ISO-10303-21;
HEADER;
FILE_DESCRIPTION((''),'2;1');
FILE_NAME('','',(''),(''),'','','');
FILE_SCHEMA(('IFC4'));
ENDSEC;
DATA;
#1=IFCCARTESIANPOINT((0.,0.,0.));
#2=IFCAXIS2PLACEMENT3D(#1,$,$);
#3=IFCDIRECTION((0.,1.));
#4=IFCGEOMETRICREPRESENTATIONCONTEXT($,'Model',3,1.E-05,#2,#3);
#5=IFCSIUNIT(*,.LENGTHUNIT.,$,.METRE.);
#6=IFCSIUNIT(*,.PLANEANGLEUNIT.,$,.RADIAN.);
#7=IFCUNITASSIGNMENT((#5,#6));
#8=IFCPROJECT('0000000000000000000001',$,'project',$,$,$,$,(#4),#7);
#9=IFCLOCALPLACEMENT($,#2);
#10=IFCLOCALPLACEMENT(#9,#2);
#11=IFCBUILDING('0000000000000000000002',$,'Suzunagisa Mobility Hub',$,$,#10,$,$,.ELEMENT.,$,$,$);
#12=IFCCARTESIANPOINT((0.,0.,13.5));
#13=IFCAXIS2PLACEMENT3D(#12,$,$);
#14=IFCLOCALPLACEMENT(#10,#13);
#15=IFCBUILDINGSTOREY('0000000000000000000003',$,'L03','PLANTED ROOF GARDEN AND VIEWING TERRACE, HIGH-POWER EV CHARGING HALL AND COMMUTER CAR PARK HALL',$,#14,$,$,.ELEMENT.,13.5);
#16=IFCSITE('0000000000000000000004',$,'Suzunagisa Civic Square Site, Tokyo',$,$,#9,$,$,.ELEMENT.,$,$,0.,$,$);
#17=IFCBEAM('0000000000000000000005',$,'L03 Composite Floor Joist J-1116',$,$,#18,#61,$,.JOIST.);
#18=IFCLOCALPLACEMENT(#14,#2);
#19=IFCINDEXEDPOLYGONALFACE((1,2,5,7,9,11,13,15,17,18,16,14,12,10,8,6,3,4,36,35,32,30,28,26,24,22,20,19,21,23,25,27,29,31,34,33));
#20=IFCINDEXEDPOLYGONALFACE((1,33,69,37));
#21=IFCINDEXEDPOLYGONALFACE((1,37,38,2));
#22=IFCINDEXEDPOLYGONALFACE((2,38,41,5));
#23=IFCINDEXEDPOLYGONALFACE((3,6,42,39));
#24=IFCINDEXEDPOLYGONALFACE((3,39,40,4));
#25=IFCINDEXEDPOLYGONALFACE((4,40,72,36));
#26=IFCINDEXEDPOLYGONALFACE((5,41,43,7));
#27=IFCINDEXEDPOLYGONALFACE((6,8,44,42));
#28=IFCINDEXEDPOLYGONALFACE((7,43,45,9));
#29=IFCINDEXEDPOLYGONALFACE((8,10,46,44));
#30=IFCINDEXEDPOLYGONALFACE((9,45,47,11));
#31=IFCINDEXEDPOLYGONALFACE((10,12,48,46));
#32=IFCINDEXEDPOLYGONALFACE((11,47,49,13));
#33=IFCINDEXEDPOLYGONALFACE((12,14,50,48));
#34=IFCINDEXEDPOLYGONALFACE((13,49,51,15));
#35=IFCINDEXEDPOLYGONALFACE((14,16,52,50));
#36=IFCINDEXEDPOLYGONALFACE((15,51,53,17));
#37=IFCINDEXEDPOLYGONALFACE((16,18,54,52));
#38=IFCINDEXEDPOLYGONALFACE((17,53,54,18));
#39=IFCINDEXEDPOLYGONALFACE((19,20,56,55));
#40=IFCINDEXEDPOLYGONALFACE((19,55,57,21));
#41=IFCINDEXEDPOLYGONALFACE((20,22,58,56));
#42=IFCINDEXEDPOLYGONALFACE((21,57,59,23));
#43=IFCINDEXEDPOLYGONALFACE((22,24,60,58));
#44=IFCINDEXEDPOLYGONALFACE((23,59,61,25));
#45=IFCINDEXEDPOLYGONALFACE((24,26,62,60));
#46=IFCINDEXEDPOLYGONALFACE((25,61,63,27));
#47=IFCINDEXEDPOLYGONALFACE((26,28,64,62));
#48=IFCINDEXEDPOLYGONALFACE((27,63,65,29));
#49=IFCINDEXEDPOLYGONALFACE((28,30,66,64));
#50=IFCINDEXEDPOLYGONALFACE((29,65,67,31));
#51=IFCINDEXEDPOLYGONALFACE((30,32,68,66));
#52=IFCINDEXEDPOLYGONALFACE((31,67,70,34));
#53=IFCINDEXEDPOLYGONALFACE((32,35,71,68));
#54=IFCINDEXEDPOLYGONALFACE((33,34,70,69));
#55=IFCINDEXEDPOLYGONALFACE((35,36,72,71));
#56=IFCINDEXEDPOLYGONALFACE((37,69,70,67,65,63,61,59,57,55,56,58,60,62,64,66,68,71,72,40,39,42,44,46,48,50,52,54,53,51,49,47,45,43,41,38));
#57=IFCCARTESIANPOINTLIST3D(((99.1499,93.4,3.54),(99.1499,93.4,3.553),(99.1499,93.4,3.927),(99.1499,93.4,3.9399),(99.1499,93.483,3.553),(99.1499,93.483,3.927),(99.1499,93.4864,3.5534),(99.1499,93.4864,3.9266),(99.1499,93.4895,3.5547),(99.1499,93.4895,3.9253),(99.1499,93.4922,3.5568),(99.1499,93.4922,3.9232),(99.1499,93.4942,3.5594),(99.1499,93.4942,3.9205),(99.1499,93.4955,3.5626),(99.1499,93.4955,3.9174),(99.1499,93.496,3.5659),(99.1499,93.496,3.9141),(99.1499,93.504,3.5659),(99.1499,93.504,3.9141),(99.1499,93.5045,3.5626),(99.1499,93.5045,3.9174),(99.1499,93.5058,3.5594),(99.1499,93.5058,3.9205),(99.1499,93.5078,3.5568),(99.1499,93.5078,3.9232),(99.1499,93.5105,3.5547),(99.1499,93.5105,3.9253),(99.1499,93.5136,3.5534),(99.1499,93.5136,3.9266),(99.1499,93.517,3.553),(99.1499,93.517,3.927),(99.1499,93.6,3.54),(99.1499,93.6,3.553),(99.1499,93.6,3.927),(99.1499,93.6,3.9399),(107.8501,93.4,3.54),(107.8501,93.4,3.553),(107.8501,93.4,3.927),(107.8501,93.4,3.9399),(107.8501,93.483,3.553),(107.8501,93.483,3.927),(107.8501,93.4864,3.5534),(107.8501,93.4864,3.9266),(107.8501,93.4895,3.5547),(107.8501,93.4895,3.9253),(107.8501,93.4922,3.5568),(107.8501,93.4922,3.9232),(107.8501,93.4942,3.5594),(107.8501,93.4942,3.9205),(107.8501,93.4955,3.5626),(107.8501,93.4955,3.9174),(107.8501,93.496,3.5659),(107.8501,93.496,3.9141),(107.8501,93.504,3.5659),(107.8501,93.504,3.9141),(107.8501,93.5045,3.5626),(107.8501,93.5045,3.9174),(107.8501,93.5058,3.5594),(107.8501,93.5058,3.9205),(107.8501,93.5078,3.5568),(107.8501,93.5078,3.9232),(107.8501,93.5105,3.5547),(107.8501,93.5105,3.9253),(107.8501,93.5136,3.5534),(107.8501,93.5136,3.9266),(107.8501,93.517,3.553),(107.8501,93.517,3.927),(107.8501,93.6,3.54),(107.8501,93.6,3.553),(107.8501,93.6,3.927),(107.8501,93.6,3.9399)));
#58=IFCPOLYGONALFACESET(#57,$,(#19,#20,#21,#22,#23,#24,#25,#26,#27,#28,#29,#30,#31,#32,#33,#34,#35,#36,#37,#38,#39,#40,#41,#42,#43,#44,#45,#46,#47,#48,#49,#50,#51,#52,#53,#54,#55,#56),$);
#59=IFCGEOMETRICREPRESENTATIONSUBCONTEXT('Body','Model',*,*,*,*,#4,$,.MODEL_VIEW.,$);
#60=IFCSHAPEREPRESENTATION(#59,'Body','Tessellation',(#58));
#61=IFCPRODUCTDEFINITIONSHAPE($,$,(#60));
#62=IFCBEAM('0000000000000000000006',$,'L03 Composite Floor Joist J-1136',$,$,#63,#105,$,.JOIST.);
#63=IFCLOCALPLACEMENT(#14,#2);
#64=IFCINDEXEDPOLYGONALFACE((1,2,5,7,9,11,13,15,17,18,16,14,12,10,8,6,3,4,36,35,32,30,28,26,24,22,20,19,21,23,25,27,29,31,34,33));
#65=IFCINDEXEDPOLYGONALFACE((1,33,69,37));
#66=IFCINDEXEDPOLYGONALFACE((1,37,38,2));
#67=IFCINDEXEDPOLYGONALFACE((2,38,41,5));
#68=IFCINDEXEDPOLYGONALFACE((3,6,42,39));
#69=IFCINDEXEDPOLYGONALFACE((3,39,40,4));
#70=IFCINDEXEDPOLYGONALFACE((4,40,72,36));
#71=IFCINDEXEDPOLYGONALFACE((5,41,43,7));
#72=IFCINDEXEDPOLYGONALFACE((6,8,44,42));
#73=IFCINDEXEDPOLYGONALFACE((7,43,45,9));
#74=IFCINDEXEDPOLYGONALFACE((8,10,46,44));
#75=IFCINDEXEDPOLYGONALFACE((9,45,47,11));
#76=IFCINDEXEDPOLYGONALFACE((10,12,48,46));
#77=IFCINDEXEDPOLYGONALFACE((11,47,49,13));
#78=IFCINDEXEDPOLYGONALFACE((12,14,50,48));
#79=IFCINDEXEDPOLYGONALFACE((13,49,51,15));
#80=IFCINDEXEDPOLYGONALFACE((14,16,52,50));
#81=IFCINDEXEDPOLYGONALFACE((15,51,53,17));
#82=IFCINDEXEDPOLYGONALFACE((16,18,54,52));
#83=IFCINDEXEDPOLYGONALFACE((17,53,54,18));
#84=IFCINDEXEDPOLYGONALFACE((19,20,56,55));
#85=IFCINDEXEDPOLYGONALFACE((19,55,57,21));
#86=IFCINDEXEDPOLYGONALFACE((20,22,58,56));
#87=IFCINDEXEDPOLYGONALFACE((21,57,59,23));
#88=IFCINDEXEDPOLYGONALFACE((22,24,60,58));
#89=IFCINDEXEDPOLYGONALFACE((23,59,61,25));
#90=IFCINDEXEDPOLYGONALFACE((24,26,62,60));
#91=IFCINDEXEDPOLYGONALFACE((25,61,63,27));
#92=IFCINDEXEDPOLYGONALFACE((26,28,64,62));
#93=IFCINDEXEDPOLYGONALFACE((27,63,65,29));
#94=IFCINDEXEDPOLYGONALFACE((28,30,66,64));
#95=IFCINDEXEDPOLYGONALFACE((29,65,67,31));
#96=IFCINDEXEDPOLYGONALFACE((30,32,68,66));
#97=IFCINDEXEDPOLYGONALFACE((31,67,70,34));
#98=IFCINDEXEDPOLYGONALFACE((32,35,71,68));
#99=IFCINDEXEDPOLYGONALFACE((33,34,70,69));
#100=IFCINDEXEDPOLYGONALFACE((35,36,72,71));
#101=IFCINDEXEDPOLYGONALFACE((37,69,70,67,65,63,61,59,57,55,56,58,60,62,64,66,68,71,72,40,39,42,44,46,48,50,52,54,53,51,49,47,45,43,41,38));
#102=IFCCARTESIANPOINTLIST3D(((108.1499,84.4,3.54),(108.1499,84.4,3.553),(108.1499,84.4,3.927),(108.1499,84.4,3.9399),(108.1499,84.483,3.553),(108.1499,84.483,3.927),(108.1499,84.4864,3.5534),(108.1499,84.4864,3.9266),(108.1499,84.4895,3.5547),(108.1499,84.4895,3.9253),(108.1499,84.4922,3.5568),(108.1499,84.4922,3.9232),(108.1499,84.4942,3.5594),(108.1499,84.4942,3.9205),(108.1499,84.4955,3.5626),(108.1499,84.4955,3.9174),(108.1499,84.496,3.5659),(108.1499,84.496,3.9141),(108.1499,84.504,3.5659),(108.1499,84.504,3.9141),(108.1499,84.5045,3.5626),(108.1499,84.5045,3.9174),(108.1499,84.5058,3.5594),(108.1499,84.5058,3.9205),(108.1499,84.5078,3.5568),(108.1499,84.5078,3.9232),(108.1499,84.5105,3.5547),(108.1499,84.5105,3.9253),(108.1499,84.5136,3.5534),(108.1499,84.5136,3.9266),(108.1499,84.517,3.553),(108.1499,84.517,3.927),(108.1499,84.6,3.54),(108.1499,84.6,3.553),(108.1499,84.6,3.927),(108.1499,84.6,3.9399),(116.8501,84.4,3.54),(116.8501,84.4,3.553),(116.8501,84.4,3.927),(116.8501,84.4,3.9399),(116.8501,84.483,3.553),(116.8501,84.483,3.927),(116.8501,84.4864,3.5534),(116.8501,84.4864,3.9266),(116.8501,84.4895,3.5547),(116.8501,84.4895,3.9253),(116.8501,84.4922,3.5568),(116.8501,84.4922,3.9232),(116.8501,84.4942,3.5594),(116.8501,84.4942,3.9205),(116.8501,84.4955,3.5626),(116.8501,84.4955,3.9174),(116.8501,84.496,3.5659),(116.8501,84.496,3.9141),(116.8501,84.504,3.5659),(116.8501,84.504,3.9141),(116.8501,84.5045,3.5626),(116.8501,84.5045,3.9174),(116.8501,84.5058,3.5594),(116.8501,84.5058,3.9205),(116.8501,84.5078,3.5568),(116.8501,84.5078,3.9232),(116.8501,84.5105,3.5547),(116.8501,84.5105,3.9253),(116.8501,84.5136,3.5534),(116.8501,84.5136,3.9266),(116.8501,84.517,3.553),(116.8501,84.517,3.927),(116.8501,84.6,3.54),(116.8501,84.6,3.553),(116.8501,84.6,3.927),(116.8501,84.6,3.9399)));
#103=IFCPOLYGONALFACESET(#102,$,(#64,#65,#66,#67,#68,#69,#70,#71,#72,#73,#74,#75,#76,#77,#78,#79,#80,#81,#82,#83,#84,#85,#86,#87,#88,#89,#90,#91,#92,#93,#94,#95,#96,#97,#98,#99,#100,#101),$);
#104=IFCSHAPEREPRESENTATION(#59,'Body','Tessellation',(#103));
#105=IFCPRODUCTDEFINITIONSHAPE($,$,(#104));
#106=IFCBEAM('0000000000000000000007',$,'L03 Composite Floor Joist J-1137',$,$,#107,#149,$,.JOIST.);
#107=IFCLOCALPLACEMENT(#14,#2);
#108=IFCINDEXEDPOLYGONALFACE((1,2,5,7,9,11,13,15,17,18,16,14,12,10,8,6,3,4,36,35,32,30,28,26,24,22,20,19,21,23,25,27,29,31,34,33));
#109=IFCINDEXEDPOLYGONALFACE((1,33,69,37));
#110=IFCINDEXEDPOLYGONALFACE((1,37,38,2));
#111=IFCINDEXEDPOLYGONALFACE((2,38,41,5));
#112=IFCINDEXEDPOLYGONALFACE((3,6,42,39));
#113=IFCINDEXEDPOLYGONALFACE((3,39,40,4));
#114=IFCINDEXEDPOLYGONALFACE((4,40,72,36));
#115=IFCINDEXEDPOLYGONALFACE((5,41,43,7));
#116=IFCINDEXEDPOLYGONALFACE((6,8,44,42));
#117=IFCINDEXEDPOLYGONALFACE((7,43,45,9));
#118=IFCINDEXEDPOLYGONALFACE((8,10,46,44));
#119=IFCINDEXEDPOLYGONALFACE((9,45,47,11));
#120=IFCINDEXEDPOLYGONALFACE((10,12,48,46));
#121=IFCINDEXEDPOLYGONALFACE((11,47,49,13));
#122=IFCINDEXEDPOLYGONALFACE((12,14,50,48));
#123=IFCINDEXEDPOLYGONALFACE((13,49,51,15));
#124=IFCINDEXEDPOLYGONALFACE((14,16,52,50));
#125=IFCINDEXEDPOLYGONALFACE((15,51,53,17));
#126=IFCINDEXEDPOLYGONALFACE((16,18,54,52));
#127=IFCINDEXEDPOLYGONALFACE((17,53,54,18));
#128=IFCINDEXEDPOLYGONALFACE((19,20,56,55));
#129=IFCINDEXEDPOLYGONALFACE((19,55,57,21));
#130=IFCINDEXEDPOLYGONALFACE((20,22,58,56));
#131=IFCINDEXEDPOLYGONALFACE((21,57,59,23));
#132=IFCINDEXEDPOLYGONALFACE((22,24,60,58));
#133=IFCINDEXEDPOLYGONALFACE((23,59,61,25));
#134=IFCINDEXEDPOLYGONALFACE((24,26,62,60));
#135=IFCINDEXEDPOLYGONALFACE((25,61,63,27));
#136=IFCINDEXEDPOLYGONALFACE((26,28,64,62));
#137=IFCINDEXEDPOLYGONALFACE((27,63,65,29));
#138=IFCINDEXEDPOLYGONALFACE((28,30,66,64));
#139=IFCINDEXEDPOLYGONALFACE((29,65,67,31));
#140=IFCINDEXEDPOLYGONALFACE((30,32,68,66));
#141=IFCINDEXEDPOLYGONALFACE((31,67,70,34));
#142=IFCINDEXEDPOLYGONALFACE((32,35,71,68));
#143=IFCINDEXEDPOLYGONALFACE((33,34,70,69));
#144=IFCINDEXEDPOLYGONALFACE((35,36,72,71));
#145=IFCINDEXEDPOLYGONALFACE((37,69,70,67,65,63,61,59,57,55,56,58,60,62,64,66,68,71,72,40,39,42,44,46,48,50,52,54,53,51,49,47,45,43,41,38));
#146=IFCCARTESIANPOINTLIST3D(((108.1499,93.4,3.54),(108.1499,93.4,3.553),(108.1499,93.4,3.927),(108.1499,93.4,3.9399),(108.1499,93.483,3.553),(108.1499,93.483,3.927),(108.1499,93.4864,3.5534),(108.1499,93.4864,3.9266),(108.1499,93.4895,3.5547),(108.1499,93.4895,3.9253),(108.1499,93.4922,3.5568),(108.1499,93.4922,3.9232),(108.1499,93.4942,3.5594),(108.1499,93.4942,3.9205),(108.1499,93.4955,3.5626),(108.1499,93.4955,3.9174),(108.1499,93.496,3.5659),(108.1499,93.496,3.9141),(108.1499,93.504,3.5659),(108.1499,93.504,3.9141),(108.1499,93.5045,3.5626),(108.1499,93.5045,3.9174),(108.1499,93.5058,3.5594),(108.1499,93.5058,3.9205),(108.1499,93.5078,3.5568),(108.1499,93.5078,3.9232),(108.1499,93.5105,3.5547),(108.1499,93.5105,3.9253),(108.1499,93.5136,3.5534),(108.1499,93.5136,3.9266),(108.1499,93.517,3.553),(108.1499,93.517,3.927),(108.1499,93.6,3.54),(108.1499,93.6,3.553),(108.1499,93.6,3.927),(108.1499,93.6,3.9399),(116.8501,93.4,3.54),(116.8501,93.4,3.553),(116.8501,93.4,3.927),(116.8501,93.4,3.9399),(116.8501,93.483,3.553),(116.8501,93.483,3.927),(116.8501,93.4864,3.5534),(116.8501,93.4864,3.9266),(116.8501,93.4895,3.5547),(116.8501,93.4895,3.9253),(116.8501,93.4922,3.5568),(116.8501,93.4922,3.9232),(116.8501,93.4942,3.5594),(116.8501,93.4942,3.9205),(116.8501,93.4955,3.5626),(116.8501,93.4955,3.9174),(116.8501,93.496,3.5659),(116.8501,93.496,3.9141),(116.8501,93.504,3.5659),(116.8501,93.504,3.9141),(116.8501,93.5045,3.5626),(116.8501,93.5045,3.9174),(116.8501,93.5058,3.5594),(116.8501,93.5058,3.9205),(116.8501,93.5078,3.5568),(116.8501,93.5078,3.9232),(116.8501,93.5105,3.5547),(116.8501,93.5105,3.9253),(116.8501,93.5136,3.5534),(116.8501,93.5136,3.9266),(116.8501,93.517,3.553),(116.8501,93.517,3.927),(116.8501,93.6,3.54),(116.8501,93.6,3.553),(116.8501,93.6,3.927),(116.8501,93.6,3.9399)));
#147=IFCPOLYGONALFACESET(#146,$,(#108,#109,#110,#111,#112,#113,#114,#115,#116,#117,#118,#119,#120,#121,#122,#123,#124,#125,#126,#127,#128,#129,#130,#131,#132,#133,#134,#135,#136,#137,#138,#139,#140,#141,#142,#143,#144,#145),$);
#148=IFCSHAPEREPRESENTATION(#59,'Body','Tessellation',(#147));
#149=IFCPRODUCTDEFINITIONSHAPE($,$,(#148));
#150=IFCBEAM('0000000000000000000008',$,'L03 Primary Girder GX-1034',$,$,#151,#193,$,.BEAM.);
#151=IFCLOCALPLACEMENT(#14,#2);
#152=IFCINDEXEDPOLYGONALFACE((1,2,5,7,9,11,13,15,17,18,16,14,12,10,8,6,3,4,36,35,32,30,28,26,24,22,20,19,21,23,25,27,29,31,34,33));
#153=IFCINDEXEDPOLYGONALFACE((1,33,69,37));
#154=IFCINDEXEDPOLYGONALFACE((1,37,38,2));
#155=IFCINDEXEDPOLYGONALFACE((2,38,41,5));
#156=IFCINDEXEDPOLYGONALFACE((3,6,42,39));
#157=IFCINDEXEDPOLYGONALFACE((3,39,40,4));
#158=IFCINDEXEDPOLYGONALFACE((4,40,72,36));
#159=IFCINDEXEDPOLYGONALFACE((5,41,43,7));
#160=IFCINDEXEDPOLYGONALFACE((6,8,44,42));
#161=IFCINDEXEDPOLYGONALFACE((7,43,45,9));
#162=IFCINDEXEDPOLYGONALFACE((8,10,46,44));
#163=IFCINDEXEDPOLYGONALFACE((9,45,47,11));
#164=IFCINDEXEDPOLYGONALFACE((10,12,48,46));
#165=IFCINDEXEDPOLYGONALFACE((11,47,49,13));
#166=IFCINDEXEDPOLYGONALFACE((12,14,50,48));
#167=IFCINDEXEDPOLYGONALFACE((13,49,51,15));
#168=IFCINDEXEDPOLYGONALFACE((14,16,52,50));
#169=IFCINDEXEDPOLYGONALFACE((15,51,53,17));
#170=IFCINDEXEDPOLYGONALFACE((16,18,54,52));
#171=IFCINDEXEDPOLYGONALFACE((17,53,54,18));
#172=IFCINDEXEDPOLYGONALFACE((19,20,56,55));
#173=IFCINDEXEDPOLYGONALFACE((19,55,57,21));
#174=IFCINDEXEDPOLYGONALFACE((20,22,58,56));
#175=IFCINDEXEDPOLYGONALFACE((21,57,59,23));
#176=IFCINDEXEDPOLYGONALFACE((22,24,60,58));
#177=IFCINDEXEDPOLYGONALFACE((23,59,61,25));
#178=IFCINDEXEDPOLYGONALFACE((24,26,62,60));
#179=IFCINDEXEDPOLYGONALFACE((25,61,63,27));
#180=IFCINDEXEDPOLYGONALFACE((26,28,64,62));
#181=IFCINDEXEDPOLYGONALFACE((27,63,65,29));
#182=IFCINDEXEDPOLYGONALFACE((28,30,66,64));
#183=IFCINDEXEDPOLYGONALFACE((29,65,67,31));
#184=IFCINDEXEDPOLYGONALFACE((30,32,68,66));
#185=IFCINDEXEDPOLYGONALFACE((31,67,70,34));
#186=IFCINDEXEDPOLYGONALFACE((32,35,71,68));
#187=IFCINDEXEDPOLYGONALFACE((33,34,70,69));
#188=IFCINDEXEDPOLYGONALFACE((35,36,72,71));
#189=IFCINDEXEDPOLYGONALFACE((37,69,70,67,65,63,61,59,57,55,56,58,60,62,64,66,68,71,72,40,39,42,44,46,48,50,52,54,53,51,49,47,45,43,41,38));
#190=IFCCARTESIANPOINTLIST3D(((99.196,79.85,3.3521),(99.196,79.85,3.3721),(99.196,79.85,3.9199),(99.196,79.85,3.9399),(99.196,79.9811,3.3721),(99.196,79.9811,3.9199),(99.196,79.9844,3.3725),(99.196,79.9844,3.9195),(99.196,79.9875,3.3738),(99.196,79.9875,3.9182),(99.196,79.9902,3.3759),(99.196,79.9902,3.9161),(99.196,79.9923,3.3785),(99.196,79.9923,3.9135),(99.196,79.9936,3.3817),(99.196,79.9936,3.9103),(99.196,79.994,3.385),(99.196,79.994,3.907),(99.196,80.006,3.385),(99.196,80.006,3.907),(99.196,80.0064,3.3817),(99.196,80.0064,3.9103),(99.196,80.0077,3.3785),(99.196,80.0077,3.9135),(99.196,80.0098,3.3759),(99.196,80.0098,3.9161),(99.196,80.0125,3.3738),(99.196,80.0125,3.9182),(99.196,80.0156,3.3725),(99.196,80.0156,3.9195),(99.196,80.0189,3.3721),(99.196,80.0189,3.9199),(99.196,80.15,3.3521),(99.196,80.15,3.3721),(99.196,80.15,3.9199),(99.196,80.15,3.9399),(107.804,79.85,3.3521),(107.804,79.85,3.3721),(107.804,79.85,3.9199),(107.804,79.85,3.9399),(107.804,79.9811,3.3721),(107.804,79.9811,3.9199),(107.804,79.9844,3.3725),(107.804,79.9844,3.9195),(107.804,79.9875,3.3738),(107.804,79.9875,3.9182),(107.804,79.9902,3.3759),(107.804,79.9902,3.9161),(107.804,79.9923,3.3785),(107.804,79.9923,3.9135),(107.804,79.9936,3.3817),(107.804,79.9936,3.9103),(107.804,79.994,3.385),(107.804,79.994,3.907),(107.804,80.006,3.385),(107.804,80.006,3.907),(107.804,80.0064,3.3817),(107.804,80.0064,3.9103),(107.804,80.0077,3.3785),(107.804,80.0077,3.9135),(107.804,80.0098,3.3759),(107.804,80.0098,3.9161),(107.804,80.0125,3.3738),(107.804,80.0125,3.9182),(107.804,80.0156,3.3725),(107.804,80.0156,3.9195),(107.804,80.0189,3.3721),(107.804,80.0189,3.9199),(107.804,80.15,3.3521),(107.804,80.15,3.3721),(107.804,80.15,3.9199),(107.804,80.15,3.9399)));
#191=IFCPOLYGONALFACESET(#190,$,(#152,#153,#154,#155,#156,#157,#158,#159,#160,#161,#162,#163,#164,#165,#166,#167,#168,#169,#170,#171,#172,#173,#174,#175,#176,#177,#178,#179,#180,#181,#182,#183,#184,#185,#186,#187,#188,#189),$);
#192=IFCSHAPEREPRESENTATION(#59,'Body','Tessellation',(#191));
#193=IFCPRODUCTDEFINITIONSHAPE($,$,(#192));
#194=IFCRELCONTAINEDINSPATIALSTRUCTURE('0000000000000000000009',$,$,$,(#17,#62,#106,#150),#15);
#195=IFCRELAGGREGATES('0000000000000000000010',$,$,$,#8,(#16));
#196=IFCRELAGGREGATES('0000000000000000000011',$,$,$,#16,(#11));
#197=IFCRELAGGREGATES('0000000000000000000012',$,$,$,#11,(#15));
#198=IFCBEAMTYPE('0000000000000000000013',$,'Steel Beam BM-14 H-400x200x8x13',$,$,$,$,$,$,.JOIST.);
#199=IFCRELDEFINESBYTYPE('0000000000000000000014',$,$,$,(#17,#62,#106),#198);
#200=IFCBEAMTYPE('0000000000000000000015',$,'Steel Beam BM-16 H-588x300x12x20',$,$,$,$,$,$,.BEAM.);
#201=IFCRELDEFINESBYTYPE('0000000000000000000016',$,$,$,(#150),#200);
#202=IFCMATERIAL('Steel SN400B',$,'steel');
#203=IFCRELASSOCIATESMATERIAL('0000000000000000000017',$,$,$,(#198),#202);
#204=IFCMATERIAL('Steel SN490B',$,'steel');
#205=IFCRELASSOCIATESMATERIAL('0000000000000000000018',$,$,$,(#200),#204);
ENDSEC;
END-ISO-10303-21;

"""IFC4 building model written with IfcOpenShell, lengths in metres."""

from ifc_helpers import new_model, si_unit, direction, frame, origin, origin_2d, place, context, subcontext, project, spatial, i_section, extrude, material, material_profile, profile_set, type_object, element, save


model = new_model("IFC4")

# Units and contexts
model_context = context("Model", 3, precision=1e-05, world=origin(), true_north=direction((0.0, 1.0)))
body_context = subcontext(model_context, "Body", "Model", "MODEL_VIEW")
ifc_project = project(units=[si_unit("LENGTHUNIT", "METRE"), si_unit("PLANEANGLEUNIT", "RADIAN")], contexts=[model_context])

# Site, building, storey
site_placement = place(None, origin())
site = spatial("IfcSite", under=ifc_project, at=site_placement, Name="Suzunagisa Civic Square Site, Tokyo", CompositionType="ELEMENT", RefElevation=0.0)
building_placement = place(site_placement, origin())
building = spatial("IfcBuilding", under=site, at=building_placement, Name="Suzunagisa Mobility Hub", CompositionType="ELEMENT")
storey_placement = place(building_placement, frame((0.0, 0.0, 13.5)))
storey = spatial("IfcBuildingStorey", under=building, at=storey_placement, Name="L03", Description="PLANTED ROOF GARDEN AND VIEWING TERRACE, HIGH-POWER EV CHARGING HALL AND COMMUTER CAR PARK HALL", CompositionType="ELEMENT", Elevation=13.5)

# Shared definitions
ifc_material_1 = material(Name="Steel SN490B", Category="steel")

# Beams
ifc_material_2 = material(Name="Steel SN400B", Category="steel")
ifc_material_profile_1 = material_profile(ifc_material_2, i_section(OverallWidth=0.2, OverallDepth=0.3999, WebThickness=0.0081, FlangeThickness=0.0129, FilletRadius=0.0129, at=origin_2d()), Name="H-400x200x8x13")
ifc_profile_set_1 = profile_set([ifc_material_profile_1], Name="Steel SN400B")
beam_type_1 = type_object("IfcBeamType", Name="Steel Beam BM-14 H-400x200x8x13", PredefinedType="JOIST", material=ifc_profile_set_1)
for number, where, z_axis, x_axis, name in (
    (1, (99.1499, 93.5, 3.74), (1.0, 0.0, 0.0), (0.0, 1.0, 0.0), "L03 Composite Floor Joist J-1116"),
    (2, (108.1499, 84.5, 3.74), (1.0, 0.0, 0.0), (0.0, 1.0, 0.0), "L03 Composite Floor Joist J-1136"),
    (3, (108.1499, 93.5, 3.74), (1.0, 0.0, 0.0), (0.0, 1.0, 0.0), "L03 Composite Floor Joist J-1137"),
):
    element("IfcBeam", number, at=place(storey_placement, frame(where, z_axis=z_axis, x_axis=x_axis)), inside=storey, type_object=beam_type_1, Name=name, PredefinedType="JOIST", context=body_context, shape_type="SweptSolid", body=[
        extrude(i_section(OverallWidth=0.2, OverallDepth=0.3999, WebThickness=0.0081, FlangeThickness=0.0129, FilletRadius=0.0129, at=origin_2d()), origin(), (0.0, 0.0, 1.0), 8.7002),
    ])
ifc_material_profile_2 = material_profile(ifc_material_1, i_section(OverallWidth=0.3, OverallDepth=0.5879, WebThickness=0.012, FlangeThickness=0.02, FilletRadius=0.0129, at=origin_2d()), Name="H-588x300x12x20")
ifc_profile_set_2 = profile_set([ifc_material_profile_2], Name="Steel SN490B")
beam_type_2 = type_object("IfcBeamType", Name="Steel Beam BM-16 H-588x300x12x20", PredefinedType="BEAM", material=ifc_profile_set_2)
beam_1_placement = place(storey_placement, frame((99.196, 80.0, 3.646), z_axis=(1.0, 0.0, 0.0), x_axis=(0.0, 1.0, 0.0)))
element("IfcBeam", 4, at=beam_1_placement, inside=storey, type_object=beam_type_2, Name="L03 Primary Girder GX-1034", PredefinedType="BEAM", context=body_context, shape_type="SweptSolid", body=[
    extrude(i_section(OverallWidth=0.3, OverallDepth=0.5879, WebThickness=0.012, FlangeThickness=0.02, FilletRadius=0.0129, at=origin_2d()), origin(), (0.0, 0.0, 1.0), 8.6079),
])

save(model, "model.ifc")
